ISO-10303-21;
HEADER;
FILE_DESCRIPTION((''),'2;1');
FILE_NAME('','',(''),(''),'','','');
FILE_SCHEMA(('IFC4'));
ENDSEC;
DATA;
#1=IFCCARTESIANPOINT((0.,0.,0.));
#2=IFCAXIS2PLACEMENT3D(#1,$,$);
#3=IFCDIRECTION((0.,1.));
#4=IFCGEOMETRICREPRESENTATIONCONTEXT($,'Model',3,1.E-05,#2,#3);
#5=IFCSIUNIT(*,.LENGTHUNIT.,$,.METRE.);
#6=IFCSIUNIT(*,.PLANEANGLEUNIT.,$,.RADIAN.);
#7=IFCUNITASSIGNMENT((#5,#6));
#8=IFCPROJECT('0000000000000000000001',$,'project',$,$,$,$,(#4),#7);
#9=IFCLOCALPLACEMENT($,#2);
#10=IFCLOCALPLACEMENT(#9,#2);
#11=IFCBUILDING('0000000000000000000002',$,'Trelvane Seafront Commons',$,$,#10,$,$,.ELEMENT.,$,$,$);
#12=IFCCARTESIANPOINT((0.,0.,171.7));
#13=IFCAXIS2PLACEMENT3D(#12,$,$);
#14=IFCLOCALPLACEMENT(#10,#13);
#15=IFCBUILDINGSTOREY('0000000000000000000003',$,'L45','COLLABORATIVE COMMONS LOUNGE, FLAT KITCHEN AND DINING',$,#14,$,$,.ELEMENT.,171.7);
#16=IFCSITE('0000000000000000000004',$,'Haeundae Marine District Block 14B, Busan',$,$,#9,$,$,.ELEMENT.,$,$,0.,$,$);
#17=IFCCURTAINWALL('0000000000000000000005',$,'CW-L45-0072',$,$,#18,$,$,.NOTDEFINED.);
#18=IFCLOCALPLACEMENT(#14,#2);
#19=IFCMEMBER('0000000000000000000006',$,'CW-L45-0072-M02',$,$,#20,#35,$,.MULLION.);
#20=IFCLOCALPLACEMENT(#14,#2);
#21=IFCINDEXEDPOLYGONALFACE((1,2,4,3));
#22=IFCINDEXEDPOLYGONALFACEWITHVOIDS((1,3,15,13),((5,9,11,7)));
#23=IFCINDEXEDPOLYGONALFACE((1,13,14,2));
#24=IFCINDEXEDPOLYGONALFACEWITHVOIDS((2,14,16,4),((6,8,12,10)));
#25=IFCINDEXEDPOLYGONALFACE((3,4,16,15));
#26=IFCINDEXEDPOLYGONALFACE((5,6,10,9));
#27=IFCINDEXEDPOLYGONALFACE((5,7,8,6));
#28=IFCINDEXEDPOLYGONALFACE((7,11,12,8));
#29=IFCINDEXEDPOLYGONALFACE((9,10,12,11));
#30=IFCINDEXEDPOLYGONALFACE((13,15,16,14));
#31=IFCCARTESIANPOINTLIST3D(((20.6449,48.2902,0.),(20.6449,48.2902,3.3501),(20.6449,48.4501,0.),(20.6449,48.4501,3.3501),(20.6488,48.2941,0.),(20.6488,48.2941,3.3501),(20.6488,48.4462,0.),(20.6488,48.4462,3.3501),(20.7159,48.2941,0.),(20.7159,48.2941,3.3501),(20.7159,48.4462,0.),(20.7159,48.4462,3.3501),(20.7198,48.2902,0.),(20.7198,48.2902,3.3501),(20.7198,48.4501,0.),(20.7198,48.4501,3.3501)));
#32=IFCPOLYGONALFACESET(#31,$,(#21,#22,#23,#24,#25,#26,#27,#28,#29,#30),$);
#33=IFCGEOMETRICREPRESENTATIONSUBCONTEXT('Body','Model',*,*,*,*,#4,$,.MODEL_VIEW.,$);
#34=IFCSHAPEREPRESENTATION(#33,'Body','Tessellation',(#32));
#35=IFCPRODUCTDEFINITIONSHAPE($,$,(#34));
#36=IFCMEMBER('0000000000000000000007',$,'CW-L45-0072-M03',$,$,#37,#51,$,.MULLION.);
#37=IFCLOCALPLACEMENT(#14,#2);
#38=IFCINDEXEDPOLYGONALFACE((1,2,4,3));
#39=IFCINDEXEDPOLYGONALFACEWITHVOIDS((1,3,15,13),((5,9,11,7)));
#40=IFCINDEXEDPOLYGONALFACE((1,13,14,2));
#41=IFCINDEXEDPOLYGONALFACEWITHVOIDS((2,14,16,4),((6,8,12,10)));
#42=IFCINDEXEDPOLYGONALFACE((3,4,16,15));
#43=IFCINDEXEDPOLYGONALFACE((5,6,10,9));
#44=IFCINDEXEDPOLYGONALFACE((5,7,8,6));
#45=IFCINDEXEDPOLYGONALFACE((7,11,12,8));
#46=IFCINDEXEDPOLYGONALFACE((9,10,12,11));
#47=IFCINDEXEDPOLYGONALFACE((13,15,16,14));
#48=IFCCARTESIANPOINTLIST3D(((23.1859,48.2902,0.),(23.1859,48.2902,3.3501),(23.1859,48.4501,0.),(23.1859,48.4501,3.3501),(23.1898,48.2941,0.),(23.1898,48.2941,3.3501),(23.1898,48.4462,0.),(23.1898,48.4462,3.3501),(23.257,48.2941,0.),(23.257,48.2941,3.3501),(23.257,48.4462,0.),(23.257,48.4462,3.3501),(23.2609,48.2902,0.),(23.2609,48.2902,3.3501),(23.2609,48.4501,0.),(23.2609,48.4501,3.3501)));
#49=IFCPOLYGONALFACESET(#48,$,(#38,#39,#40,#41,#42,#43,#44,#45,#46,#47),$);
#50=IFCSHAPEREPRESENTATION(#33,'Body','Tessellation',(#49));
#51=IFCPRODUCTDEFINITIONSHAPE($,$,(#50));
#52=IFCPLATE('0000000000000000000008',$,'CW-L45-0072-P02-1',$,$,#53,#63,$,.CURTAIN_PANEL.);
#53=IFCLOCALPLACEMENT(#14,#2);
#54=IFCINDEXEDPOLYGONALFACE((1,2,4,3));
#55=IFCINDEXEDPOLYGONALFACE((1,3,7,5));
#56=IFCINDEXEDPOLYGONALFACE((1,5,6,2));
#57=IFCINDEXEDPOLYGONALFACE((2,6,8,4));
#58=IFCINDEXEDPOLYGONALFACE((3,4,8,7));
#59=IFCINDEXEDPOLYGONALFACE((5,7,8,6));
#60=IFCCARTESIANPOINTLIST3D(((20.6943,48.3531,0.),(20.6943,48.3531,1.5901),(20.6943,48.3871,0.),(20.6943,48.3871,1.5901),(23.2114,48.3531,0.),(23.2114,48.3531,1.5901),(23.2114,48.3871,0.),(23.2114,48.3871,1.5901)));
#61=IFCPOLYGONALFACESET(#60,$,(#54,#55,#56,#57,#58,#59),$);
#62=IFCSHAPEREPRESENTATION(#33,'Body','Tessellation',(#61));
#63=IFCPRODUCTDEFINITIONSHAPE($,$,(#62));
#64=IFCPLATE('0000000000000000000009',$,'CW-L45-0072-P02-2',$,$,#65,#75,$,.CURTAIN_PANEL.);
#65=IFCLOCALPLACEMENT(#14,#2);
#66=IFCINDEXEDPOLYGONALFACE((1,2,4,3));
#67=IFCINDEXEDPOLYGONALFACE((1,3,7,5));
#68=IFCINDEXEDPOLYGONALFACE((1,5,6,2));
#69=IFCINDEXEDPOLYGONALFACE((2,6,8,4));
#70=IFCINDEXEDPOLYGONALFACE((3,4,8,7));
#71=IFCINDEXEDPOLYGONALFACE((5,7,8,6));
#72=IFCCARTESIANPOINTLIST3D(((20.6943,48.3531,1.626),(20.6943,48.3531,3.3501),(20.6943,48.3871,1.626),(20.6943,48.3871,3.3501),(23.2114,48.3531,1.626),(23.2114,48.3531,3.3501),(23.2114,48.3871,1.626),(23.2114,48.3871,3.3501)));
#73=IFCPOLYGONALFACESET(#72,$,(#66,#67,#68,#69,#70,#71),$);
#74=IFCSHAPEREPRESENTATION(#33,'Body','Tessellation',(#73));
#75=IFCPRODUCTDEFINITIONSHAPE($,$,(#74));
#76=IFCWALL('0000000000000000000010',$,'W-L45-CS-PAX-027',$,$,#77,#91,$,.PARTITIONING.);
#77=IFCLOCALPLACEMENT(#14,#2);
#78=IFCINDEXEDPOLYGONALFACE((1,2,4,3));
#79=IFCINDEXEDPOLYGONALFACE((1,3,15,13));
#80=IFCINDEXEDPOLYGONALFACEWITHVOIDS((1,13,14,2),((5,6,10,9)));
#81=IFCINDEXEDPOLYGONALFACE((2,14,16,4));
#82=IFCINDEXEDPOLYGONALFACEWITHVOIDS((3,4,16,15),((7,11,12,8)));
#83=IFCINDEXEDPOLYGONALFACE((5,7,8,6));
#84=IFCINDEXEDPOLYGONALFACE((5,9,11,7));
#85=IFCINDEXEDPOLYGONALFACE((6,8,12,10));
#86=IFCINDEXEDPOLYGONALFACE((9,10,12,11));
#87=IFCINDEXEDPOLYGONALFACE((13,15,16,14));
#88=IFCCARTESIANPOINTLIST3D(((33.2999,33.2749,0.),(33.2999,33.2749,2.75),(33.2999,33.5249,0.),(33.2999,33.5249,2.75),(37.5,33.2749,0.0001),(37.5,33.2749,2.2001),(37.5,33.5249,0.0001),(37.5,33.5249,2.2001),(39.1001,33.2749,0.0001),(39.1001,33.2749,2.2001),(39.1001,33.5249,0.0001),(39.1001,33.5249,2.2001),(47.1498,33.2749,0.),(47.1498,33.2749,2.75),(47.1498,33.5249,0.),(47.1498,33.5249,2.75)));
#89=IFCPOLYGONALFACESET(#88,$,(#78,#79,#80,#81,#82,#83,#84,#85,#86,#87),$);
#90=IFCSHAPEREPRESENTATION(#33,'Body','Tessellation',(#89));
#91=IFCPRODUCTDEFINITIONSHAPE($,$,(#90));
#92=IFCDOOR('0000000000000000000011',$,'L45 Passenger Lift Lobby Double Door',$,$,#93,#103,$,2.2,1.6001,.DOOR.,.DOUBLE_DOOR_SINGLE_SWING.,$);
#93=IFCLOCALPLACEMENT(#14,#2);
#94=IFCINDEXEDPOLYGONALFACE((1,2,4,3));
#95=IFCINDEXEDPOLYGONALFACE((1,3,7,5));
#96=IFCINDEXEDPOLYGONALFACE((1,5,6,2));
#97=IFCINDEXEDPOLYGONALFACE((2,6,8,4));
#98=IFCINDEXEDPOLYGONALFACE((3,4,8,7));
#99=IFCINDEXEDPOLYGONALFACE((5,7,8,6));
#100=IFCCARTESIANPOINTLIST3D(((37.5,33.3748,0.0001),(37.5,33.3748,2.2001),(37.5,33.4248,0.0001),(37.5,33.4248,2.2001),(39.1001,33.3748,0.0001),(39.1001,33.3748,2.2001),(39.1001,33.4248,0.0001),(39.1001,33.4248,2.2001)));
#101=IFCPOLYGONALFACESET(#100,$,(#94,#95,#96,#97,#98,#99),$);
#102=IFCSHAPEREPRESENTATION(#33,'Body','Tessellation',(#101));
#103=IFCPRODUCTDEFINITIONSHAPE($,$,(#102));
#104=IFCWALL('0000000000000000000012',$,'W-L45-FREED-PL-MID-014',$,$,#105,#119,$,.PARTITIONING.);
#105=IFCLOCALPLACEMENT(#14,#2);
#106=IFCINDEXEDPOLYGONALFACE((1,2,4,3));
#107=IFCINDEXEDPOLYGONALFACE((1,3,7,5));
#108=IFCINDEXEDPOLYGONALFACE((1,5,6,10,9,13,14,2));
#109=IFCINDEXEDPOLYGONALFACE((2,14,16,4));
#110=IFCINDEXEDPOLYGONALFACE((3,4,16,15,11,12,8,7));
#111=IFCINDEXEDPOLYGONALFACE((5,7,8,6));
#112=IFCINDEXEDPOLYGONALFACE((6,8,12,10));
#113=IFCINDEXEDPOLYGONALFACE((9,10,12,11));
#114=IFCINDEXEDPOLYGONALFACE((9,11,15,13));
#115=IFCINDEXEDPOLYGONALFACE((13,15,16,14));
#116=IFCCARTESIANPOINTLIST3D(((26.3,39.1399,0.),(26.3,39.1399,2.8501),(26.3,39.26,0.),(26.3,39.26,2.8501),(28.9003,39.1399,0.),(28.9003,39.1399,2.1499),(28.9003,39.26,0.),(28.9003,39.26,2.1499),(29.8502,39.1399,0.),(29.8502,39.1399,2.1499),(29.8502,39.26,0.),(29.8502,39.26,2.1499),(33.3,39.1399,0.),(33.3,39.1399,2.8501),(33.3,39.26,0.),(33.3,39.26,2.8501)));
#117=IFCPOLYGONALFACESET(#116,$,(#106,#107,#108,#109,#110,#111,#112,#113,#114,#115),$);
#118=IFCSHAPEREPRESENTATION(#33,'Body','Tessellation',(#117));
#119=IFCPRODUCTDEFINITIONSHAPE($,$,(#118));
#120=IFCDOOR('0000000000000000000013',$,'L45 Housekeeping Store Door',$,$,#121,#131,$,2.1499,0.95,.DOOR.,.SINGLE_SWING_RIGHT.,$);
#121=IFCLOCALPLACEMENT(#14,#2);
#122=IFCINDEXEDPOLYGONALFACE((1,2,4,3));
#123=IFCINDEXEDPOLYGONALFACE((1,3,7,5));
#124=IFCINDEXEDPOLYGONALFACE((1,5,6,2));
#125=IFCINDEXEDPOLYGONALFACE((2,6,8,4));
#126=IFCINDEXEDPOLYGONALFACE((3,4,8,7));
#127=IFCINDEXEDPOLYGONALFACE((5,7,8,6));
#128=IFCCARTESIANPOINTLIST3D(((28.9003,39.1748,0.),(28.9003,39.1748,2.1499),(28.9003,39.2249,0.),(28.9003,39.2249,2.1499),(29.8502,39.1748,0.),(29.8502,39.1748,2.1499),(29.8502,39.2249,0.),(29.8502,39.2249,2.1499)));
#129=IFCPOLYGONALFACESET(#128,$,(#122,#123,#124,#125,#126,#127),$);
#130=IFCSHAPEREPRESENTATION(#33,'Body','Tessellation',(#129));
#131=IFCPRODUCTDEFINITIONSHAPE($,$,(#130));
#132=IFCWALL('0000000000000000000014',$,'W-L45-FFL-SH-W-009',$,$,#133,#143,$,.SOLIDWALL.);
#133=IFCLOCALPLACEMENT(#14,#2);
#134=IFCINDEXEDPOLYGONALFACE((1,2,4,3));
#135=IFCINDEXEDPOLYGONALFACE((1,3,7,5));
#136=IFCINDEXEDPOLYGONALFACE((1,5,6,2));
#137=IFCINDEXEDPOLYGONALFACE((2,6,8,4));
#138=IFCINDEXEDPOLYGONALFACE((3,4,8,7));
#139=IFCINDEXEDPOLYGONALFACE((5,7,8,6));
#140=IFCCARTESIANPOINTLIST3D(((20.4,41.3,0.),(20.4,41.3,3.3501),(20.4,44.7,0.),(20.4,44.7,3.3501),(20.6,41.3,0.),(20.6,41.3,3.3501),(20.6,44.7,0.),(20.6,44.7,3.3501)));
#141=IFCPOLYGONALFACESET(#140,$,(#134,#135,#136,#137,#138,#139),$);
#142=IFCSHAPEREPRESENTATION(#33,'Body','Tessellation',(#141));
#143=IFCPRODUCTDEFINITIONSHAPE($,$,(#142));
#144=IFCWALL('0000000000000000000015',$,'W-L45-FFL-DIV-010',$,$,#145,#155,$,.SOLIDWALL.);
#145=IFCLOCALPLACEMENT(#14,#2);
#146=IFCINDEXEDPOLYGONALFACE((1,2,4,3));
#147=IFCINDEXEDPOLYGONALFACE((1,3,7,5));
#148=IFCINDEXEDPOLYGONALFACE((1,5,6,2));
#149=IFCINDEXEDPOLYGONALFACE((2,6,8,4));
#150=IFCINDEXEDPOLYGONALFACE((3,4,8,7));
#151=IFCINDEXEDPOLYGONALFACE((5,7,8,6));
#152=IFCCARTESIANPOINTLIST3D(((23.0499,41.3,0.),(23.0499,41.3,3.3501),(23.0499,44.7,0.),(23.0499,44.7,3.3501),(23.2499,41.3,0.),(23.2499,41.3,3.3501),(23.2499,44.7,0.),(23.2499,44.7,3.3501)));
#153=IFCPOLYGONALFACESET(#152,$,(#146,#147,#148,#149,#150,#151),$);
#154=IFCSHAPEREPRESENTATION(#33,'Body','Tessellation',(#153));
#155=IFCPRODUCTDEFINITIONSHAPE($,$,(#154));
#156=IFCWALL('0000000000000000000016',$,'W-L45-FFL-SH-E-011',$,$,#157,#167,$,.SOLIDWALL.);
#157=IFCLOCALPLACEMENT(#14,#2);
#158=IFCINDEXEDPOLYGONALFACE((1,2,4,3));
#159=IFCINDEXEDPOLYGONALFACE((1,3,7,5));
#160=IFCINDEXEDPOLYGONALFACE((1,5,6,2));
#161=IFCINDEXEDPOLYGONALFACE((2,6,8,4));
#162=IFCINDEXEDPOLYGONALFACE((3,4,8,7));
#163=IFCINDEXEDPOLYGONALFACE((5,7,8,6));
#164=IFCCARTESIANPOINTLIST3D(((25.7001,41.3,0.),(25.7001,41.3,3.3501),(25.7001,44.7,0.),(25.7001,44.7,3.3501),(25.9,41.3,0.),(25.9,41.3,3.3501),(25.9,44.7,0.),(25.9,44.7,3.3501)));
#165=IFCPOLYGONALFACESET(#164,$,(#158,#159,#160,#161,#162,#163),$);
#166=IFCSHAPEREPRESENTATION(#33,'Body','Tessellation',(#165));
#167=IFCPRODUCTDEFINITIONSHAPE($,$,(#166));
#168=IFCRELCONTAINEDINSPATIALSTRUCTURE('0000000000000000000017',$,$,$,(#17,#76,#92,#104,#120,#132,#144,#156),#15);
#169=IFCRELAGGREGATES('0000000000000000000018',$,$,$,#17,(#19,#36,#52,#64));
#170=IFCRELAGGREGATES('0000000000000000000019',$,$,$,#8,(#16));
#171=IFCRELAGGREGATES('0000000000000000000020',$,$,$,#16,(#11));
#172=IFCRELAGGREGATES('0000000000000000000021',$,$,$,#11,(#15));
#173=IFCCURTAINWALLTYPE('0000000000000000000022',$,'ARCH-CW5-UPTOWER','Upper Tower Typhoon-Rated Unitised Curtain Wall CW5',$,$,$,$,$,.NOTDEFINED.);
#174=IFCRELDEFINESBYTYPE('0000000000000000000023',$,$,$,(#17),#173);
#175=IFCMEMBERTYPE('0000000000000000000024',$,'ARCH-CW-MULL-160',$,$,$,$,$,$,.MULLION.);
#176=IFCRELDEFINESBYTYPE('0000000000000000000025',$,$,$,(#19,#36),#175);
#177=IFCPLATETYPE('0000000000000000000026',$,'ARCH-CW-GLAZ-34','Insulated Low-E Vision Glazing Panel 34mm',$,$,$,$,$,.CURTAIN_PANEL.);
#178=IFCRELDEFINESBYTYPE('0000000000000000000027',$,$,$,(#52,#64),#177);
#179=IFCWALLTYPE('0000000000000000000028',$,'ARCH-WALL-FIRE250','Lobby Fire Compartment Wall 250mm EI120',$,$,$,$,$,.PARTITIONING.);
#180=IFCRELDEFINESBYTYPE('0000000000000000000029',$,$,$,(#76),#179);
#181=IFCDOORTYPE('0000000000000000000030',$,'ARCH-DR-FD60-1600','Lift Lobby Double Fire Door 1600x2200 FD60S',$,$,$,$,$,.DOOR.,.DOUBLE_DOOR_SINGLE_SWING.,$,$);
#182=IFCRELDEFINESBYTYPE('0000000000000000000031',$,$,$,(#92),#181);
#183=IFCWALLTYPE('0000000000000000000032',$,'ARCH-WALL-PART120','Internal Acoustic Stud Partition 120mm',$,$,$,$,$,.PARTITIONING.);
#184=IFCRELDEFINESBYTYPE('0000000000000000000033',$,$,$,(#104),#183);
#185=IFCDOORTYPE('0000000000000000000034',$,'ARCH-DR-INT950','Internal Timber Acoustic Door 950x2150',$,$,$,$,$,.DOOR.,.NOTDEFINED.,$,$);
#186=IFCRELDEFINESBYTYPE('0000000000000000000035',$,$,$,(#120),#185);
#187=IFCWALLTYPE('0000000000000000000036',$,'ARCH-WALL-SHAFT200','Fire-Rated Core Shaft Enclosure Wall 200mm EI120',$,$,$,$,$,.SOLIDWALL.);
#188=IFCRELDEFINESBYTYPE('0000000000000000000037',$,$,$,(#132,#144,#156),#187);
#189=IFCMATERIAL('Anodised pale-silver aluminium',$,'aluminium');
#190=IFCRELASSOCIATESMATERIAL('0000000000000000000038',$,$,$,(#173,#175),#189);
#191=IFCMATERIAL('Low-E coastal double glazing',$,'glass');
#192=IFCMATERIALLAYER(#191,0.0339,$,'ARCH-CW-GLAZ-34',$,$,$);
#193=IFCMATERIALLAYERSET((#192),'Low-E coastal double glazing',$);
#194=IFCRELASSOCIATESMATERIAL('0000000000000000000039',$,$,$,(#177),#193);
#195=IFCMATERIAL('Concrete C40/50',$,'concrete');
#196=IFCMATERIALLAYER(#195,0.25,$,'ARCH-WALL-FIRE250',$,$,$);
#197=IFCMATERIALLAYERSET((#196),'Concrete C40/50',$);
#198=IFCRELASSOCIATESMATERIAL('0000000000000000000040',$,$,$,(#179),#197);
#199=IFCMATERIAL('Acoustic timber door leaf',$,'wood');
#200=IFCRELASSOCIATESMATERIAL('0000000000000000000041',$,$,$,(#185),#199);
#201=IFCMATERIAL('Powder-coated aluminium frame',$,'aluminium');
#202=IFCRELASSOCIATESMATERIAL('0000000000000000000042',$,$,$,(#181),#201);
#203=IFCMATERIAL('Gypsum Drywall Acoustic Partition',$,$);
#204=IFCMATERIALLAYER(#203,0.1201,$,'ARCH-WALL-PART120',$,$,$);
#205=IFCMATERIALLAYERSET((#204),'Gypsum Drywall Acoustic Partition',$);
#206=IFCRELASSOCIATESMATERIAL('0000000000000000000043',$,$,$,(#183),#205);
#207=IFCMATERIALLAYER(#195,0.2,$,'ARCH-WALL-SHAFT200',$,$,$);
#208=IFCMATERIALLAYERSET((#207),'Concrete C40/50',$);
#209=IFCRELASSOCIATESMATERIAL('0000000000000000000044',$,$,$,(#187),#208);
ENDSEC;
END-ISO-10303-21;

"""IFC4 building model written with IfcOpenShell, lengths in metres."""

from ifc_helpers import new_model, si_unit, direction, frame, frame_2d, origin, origin_2d, place, context, subcontext, project, spatial, rectangle, hollow_rectangle, extrude, source, transform, mapped, material, layer, layer_set, material_profile, profile_set, type_object, element, fill, aggregate, save


model = new_model("IFC4")

# Units and contexts
model_context = context("Model", 3, precision=1e-05, world=origin(), true_north=direction((0.0, 1.0)))
body_context = subcontext(model_context, "Body", "Model", "MODEL_VIEW")
ifc_project = project(units=[si_unit("LENGTHUNIT", "METRE"), si_unit("PLANEANGLEUNIT", "RADIAN")], contexts=[model_context])

# Site, building, storey
site_placement = place(None, origin())
site = spatial("IfcSite", under=ifc_project, at=site_placement, Name="Haeundae Marine District Block 14B, Busan", CompositionType="ELEMENT", RefElevation=0.0)
building_placement = place(site_placement, origin())
building = spatial("IfcBuilding", under=site, at=building_placement, Name="Trelvane Seafront Commons", CompositionType="ELEMENT")
storey_placement = place(building_placement, frame((0.0, 0.0, 171.7)))
storey = spatial("IfcBuildingStorey", under=building, at=storey_placement, Name="L45", Description="COLLABORATIVE COMMONS LOUNGE, FLAT KITCHEN AND DINING", CompositionType="ELEMENT", Elevation=171.7)

# Curtain wall, members, plates
ifc_material_1 = material(Name="Anodised pale-silver aluminium", Category="aluminium")
curtain_wall_type = type_object("IfcCurtainWallType", Name="ARCH-CW5-UPTOWER", Description="Upper Tower Typhoon-Rated Unitised Curtain Wall CW5", PredefinedType="NOTDEFINED", material=ifc_material_1)
curtain_wall_placement = place(storey_placement, origin())
curtain_wall = element("IfcCurtainWall", 1, at=curtain_wall_placement, inside=storey, type_object=curtain_wall_type, Name="CW-L45-0072", PredefinedType="NOTDEFINED")
ifc_material_profile_1 = material_profile(ifc_material_1, hollow_rectangle(XDim=0.075, YDim=0.1599, WallThickness=0.0039, at=origin_2d()), Name="MULL-75x160x4")
ifc_profile_set_1 = profile_set([ifc_material_profile_1], Name="Anodised pale-silver aluminium")
member_type_1 = type_object("IfcMemberType", Name="ARCH-CW-MULL-160", PredefinedType="MULLION", material=ifc_profile_set_1)
shared_shape_1 = source(origin(), body_context, "Body", "SweptSolid", [
    extrude(hollow_rectangle(XDim=0.075, YDim=0.1599, WallThickness=0.0039, at=origin_2d()), origin(), (0.0, 0.0, 1.0), 3.3501),
])
member_1_placement = place(storey_placement, frame((20.6824, 48.3701, 0.0), z_axis=(0.0, 0.0, 1.0), x_axis=(1.0, 0.0, 0.0)))
member_1 = element("IfcMember", 2, at=member_1_placement, type_object=member_type_1, Name="CW-L45-0072-M02", PredefinedType="MULLION", context=body_context, shape_type="MappedRepresentation", body=[
    mapped(shared_shape_1, transform((0.0, 0.0, 0.0), x_axis=(1.0, 0.0, 0.0), y_axis=(0.0, 1.0, 0.0), z_axis=(0.0, 0.0, 1.0), scale=1.0)),
])
member_2_placement = place(storey_placement, frame((23.2234, 48.3701, 0.0), z_axis=(0.0, 0.0, 1.0), x_axis=(1.0, 0.0, 0.0)))
member_2 = element("IfcMember", 3, at=member_2_placement, type_object=member_type_1, Name="CW-L45-0072-M03", PredefinedType="MULLION", context=body_context, shape_type="MappedRepresentation", body=[
    mapped(shared_shape_1, transform((0.0, 0.0, 0.0), x_axis=(1.0, 0.0, 0.0), y_axis=(0.0, 1.0, 0.0), z_axis=(0.0, 0.0, 1.0), scale=1.0)),
])
ifc_material_2 = material(Name="Low-E coastal double glazing", Category="glass")
ifc_layer_1 = layer(ifc_material_2, 0.0339, Name="ARCH-CW-GLAZ-34")
ifc_layer_set_1 = layer_set([ifc_layer_1], Name="Low-E coastal double glazing")
plate_type = type_object("IfcPlateType", Name="ARCH-CW-GLAZ-34", Description="Insulated Low-E Vision Glazing Panel 34mm", PredefinedType="CURTAIN_PANEL", material=ifc_layer_set_1)
shared_shape_2 = source(origin(), body_context, "Body", "SweptSolid", [
    extrude(rectangle(XDim=2.5171, YDim=0.0339, at=origin_2d()), origin(), (0.0, 0.0, 1.0), 1.5901),
])
plate_1_placement = place(storey_placement, frame((21.9529, 48.3701, 0.0), z_axis=(0.0, 0.0, 1.0), x_axis=(1.0, 0.0, 0.0)))
plate_1 = element("IfcPlate", 4, at=plate_1_placement, type_object=plate_type, Name="CW-L45-0072-P02-1", PredefinedType="CURTAIN_PANEL", context=body_context, shape_type="MappedRepresentation", body=[
    mapped(shared_shape_2, transform((0.0, 0.0, 0.0), x_axis=(1.0, 0.0, 0.0), y_axis=(0.0, 1.0, 0.0), z_axis=(0.0, 0.0, 1.0), scale=1.0)),
])
shared_shape_3 = source(origin(), body_context, "Body", "SweptSolid", [
    extrude(rectangle(XDim=2.5171, YDim=0.0339, at=origin_2d()), origin(), (0.0, 0.0, 1.0), 1.7241),
])
plate_2_placement = place(storey_placement, frame((21.9529, 48.3701, 1.626), z_axis=(0.0, 0.0, 1.0), x_axis=(1.0, 0.0, 0.0)))
plate_2 = element("IfcPlate", 5, at=plate_2_placement, type_object=plate_type, Name="CW-L45-0072-P02-2", PredefinedType="CURTAIN_PANEL", context=body_context, shape_type="MappedRepresentation", body=[
    mapped(shared_shape_3, transform((0.0, 0.0, 0.0), x_axis=(1.0, 0.0, 0.0), y_axis=(0.0, 1.0, 0.0), z_axis=(0.0, 0.0, 1.0), scale=1.0)),
])
aggregate(curtain_wall, [member_1, member_2, plate_1, plate_2])

# Walls, openings, doors
ifc_material_3 = material(Name="Concrete C40/50", Category="concrete")
ifc_layer_2 = layer(ifc_material_3, 0.25, Name="ARCH-WALL-FIRE250")
ifc_layer_set_2 = layer_set([ifc_layer_2], Name="Concrete C40/50")
wall_type_1 = type_object("IfcWallType", Name="ARCH-WALL-FIRE250", Description="Lobby Fire Compartment Wall 250mm EI120", PredefinedType="PARTITIONING", material=ifc_layer_set_2)
ifc_material_4 = material(Name="Acoustic timber door leaf", Category="wood")
door_type_1 = type_object("IfcDoorType", Name="ARCH-DR-INT950", Description="Internal Timber Acoustic Door 950x2150", OperationType="NOTDEFINED", PredefinedType="DOOR", material=ifc_material_4)
shared_shape_4 = source(origin(), body_context, "Body", "SweptSolid", [
    extrude(rectangle(XDim=0.95, YDim=2.1499, at=frame_2d((0.4751, 1.075))), frame((0.0, 0.0249, 0.0), z_axis=(0.0, -1.0, 0.0), x_axis=(1.0, 0.0, 0.0)), (0.0, 0.0, 1.0), 0.05),
])
wall_1_placement = place(storey_placement, frame((33.3, 33.3999, 0.0), z_axis=(0.0, 0.0, 1.0), x_axis=(1.0, 0.0, 0.0)))
wall_1 = element("IfcWall", 6, at=wall_1_placement, inside=storey, type_object=wall_type_1, Name="W-L45-CS-PAX-027", PredefinedType="PARTITIONING", context=body_context, shape_type="SweptSolid", body=[
    extrude(rectangle(XDim=13.8499, YDim=0.25, at=frame_2d((6.9248, 0.0))), origin(), (0.0, 0.0, 1.0), 2.75),
])
opening_1_placement = place(wall_1_placement, frame((4.2, 0.0, 0.0)))
opening_1 = element("IfcOpeningElement", 7, at=opening_1_placement, cuts=wall_1, PredefinedType="OPENING", context=body_context, shape_type="SweptSolid", body=[
    extrude(rectangle(XDim=1.6001, YDim=2.2, at=frame_2d((0.8, 1.1001))), frame((0.0, 0.135, 0.0), z_axis=(0.0, -1.0, 0.0), x_axis=(1.0, 0.0, 0.0)), (0.0, 0.0, 1.0), 0.27),
])
ifc_material_5 = material(Name="Powder-coated aluminium frame", Category="aluminium")
door_type_2 = type_object("IfcDoorType", Name="ARCH-DR-FD60-1600", Description="Lift Lobby Double Fire Door 1600x2200 FD60S", OperationType="DOUBLE_DOOR_SINGLE_SWING", PredefinedType="DOOR", material=ifc_material_5)
shared_shape_5 = source(origin(), body_context, "Body", "SweptSolid", [
    extrude(rectangle(XDim=1.6001, YDim=2.2, at=frame_2d((0.8, 1.1001))), frame((0.0, 0.0249, 0.0), z_axis=(0.0, -1.0, 0.0), x_axis=(1.0, 0.0, 0.0)), (0.0, 0.0, 1.0), 0.05),
])
door_1_placement = place(opening_1_placement, origin())
door_1 = element("IfcDoor", 8, at=door_1_placement, inside=storey, type_object=door_type_2, Name="L45 Passenger Lift Lobby Double Door", OperationType="DOUBLE_DOOR_SINGLE_SWING", OverallHeight=2.2, OverallWidth=1.6001, PredefinedType="DOOR", context=body_context, shape_type="MappedRepresentation", body=[
    mapped(shared_shape_5, transform((0.0, 0.0, 0.0), x_axis=(1.0, 0.0, 0.0), y_axis=(0.0, 1.0, 0.0), z_axis=(0.0, 0.0, 1.0), scale=1.0)),
])
fill(opening_1, door_1)
ifc_material_6 = material(Name="Gypsum Drywall Acoustic Partition")
ifc_layer_3 = layer(ifc_material_6, 0.1201, Name="ARCH-WALL-PART120")
ifc_layer_set_3 = layer_set([ifc_layer_3], Name="Gypsum Drywall Acoustic Partition")
wall_type_2 = type_object("IfcWallType", Name="ARCH-WALL-PART120", Description="Internal Acoustic Stud Partition 120mm", PredefinedType="PARTITIONING", material=ifc_layer_set_3)
wall_2_placement = place(storey_placement, frame((26.3, 39.2, 0.0), z_axis=(0.0, 0.0, 1.0), x_axis=(1.0, 0.0, 0.0)))
wall_2 = element("IfcWall", 9, at=wall_2_placement, inside=storey, type_object=wall_type_2, Name="W-L45-FREED-PL-MID-014", PredefinedType="PARTITIONING", context=body_context, shape_type="SweptSolid", body=[
    extrude(rectangle(XDim=7.0, YDim=0.1201, at=frame_2d((3.5, 0.0))), origin(), (0.0, 0.0, 1.0), 2.8501),
])
opening_2_placement = place(wall_2_placement, frame((2.6001, 0.0, 0.0)))
opening_2 = element("IfcOpeningElement", 10, at=opening_2_placement, cuts=wall_2, PredefinedType="OPENING", context=body_context, shape_type="SweptSolid", body=[
    extrude(rectangle(XDim=0.95, YDim=2.1499, at=frame_2d((0.4751, 1.075))), frame((0.0, 0.0701, 0.0), z_axis=(0.0, -1.0, 0.0), x_axis=(1.0, 0.0, 0.0)), (0.0, 0.0, 1.0), 0.1401),
])
door_2_placement = place(opening_2_placement, origin())
door_2 = element("IfcDoor", 11, at=door_2_placement, inside=storey, type_object=door_type_1, Name="L45 Housekeeping Store Door", OperationType="SINGLE_SWING_RIGHT", OverallHeight=2.1499, OverallWidth=0.95, PredefinedType="DOOR", context=body_context, shape_type="MappedRepresentation", body=[
    mapped(shared_shape_4, transform((0.0, 0.0, 0.0), x_axis=(1.0, 0.0, 0.0), y_axis=(0.0, 1.0, 0.0), z_axis=(0.0, 0.0, 1.0), scale=1.0)),
])
fill(opening_2, door_2)

# Walls
ifc_layer_4 = layer(ifc_material_3, 0.2, Name="ARCH-WALL-SHAFT200")
ifc_layer_set_4 = layer_set([ifc_layer_4], Name="Concrete C40/50")
wall_type_3 = type_object("IfcWallType", Name="ARCH-WALL-SHAFT200", Description="Fire-Rated Core Shaft Enclosure Wall 200mm EI120", PredefinedType="SOLIDWALL", material=ifc_layer_set_4)
for number, where, z_axis, x_axis, name in (
    (12, (20.5, 41.3, 0.0), (0.0, 0.0, 1.0), (0.0, 1.0, 0.0), "W-L45-FFL-SH-W-009"),
    (13, (23.1499, 41.3, 0.0), (0.0, 0.0, 1.0), (0.0, 1.0, 0.0), "W-L45-FFL-DIV-010"),
    (14, (25.8, 41.3, 0.0), (0.0, 0.0, 1.0), (0.0, 1.0, 0.0), "W-L45-FFL-SH-E-011"),
):
    element("IfcWall", number, at=place(storey_placement, frame(where, z_axis=z_axis, x_axis=x_axis)), inside=storey, type_object=wall_type_3, Name=name, PredefinedType="SOLIDWALL", context=body_context, shape_type="SweptSolid", body=[
        extrude(rectangle(XDim=3.3999, YDim=0.2, at=frame_2d((1.7, 0.0))), origin(), (0.0, 0.0, 1.0), 3.3501),
    ])

save(model, "model.ifc")
